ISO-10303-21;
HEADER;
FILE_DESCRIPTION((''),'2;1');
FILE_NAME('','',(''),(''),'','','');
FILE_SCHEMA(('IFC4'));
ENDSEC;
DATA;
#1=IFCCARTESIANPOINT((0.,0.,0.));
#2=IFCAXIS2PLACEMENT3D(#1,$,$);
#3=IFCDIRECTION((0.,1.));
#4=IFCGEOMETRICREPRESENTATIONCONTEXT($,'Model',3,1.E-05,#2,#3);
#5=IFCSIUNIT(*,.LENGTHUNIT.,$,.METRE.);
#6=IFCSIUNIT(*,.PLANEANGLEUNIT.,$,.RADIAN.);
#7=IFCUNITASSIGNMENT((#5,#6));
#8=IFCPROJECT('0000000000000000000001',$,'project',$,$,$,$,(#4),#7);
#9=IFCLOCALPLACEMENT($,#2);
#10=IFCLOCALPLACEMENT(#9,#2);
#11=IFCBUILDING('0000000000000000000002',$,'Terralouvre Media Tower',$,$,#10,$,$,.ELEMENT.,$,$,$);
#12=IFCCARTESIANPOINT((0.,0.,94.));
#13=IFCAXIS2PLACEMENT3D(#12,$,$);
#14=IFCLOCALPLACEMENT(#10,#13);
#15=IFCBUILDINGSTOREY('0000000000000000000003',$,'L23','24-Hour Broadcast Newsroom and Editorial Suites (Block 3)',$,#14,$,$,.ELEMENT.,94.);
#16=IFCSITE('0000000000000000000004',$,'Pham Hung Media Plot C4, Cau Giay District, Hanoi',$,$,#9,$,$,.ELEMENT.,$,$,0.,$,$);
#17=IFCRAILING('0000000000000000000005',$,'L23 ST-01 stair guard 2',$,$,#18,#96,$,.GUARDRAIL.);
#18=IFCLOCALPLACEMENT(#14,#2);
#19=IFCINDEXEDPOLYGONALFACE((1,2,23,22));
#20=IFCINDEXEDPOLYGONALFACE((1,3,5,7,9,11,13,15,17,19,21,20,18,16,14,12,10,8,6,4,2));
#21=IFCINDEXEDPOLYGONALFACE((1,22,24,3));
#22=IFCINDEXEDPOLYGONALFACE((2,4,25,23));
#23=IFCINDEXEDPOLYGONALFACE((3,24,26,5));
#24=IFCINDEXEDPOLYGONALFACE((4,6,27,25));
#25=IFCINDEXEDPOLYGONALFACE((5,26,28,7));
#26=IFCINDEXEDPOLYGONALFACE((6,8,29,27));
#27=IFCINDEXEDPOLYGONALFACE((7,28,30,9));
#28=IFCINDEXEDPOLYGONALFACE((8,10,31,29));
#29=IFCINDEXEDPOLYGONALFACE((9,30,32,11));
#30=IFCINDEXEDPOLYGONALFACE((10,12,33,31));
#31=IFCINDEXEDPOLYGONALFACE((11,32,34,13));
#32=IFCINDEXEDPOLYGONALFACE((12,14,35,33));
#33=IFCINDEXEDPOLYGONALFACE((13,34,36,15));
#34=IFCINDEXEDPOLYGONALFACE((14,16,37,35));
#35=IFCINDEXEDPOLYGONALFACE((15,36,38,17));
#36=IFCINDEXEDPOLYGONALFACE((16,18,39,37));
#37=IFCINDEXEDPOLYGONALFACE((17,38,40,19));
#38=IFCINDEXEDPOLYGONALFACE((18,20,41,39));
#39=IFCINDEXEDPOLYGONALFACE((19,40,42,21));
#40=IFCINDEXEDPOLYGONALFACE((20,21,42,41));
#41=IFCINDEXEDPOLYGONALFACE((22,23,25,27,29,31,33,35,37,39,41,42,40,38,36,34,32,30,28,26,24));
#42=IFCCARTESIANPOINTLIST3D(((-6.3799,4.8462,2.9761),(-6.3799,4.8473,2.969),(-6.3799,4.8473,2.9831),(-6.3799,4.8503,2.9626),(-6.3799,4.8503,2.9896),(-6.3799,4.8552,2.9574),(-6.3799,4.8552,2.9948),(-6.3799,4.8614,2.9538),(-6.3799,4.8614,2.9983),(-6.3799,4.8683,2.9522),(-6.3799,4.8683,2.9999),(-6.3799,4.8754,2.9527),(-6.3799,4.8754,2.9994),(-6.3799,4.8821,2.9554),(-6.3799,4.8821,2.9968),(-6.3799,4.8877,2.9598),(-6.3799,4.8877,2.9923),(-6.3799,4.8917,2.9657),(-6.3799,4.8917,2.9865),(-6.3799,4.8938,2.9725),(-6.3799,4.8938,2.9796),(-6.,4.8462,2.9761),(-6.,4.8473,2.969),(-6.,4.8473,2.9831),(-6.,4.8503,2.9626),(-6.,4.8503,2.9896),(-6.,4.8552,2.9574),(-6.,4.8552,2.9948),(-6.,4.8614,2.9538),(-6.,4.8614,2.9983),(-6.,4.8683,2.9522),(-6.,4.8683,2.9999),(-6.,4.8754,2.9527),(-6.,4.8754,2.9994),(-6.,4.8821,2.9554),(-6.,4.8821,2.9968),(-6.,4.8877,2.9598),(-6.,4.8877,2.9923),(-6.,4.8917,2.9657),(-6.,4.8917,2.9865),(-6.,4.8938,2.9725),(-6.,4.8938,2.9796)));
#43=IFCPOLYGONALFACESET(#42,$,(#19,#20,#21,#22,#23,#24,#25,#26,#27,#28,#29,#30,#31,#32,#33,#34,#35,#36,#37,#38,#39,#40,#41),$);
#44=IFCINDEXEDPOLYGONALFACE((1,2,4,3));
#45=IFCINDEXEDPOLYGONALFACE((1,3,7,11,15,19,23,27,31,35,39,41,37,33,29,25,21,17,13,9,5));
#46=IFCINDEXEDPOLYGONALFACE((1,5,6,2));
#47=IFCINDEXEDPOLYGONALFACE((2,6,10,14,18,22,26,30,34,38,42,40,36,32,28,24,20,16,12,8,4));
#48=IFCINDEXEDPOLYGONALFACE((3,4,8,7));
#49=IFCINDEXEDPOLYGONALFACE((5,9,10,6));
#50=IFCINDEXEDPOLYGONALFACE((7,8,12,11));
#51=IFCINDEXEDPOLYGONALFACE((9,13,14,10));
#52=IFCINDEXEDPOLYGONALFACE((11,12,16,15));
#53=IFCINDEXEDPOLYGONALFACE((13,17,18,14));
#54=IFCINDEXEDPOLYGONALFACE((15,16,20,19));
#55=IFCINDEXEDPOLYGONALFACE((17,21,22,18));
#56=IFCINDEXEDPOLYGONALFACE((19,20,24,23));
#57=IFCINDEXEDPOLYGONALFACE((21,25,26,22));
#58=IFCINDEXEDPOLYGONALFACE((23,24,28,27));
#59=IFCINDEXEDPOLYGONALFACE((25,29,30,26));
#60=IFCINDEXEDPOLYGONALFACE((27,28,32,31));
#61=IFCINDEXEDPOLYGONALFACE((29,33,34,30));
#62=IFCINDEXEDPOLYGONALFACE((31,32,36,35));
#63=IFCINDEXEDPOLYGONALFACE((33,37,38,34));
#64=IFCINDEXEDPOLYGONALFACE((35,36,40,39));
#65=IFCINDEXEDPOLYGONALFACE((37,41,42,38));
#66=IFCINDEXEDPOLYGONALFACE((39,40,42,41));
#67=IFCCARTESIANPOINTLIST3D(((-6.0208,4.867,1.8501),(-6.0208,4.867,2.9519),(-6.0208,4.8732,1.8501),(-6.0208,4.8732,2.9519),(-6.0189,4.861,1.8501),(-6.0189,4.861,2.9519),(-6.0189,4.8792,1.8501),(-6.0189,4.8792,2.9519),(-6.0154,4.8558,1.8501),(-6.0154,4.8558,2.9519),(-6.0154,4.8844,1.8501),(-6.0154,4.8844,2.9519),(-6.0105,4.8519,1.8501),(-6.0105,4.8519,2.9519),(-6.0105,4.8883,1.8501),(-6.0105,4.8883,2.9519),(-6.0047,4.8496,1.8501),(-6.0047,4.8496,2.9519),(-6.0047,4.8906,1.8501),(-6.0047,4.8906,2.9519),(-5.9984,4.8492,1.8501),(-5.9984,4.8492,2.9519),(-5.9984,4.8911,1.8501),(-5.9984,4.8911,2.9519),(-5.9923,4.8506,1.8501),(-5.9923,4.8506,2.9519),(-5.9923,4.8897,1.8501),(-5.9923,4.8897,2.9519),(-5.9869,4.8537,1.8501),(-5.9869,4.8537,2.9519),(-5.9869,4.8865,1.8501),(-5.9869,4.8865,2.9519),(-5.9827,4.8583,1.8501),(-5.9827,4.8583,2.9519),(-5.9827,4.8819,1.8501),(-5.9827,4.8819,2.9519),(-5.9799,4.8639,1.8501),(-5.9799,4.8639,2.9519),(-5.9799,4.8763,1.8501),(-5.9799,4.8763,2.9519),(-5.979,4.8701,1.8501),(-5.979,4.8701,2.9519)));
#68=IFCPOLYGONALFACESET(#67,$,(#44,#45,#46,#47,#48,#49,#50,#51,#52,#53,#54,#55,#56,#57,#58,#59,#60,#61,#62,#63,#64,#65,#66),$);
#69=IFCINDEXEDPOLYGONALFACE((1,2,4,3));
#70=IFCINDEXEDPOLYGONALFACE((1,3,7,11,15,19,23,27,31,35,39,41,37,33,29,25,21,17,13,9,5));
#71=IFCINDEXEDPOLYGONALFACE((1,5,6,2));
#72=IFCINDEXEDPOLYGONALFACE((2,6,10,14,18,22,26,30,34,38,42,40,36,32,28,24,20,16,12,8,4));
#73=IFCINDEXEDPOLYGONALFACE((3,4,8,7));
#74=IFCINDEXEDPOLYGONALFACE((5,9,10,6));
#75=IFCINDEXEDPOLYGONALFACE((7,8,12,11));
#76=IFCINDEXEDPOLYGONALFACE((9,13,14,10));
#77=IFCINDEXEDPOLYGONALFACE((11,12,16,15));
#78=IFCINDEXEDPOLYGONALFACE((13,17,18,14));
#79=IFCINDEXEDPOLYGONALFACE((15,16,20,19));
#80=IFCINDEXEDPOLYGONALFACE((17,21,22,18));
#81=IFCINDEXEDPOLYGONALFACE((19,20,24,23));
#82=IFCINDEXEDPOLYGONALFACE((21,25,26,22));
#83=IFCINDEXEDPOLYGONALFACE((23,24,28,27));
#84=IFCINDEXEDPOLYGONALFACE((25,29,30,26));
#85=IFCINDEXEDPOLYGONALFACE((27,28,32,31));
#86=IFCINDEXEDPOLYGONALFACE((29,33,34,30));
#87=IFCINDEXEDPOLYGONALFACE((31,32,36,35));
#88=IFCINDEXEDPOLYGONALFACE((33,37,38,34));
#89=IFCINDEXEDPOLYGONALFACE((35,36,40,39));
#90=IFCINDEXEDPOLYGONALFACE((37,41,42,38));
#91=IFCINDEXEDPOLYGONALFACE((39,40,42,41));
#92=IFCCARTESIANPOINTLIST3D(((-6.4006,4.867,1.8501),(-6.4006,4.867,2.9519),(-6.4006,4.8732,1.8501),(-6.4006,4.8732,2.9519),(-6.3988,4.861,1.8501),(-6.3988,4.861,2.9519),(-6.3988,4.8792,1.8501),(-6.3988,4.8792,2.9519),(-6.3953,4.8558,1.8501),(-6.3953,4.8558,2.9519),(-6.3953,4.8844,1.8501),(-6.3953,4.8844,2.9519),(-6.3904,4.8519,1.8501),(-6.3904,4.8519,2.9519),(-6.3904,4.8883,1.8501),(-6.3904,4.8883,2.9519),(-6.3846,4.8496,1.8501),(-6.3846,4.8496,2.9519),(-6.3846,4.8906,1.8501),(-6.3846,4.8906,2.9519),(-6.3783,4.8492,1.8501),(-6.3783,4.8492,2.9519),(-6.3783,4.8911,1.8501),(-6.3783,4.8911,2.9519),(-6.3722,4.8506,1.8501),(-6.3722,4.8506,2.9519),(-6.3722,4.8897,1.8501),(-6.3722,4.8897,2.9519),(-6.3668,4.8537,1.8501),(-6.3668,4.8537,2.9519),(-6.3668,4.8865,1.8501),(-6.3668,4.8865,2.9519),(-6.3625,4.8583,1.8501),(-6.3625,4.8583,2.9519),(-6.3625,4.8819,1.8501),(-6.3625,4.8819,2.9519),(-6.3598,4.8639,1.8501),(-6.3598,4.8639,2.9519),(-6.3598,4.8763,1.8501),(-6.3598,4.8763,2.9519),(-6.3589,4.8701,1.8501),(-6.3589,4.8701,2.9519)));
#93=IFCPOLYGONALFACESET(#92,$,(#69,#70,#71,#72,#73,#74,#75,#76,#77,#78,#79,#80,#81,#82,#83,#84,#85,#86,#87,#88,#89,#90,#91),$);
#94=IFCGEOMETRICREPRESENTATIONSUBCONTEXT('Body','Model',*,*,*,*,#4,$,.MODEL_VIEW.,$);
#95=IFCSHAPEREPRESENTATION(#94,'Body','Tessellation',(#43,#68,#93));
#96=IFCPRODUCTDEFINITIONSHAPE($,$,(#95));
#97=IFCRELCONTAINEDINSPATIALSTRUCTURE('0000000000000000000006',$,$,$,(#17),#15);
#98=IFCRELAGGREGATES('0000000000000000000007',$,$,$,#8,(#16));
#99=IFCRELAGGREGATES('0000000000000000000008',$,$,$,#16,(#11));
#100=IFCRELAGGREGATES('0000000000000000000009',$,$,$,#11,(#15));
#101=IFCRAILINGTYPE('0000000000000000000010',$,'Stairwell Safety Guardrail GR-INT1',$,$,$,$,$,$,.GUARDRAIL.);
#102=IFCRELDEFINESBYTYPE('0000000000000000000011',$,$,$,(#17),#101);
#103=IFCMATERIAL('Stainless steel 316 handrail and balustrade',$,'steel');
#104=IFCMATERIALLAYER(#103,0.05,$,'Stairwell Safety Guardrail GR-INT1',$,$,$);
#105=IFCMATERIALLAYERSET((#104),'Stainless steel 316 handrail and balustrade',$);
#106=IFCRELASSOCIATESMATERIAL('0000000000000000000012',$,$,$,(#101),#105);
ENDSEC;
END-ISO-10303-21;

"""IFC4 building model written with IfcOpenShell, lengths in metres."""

from ifc_helpers import new_model, si_unit, direction, frame, origin, origin_2d, place, context, subcontext, project, spatial, circle, extrude, material, layer, layer_set, type_object, element, save


model = new_model("IFC4")

# Units and contexts
model_context = context("Model", 3, precision=1e-05, world=origin(), true_north=direction((0.0, 1.0)))
body_context = subcontext(model_context, "Body", "Model", "MODEL_VIEW")
ifc_project = project(units=[si_unit("LENGTHUNIT", "METRE"), si_unit("PLANEANGLEUNIT", "RADIAN")], contexts=[model_context])

# Site, building, storey
site_placement = place(None, origin())
site = spatial("IfcSite", under=ifc_project, at=site_placement, Name="Pham Hung Media Plot C4, Cau Giay District, Hanoi", CompositionType="ELEMENT", RefElevation=0.0)
building_placement = place(site_placement, origin())
building = spatial("IfcBuilding", under=site, at=building_placement, Name="Terralouvre Media Tower", CompositionType="ELEMENT")
storey_placement = place(building_placement, frame((0.0, 0.0, 94.0)))
storey = spatial("IfcBuildingStorey", under=building, at=storey_placement, Name="L23", Description="24-Hour Broadcast Newsroom and Editorial Suites (Block 3)", CompositionType="ELEMENT", Elevation=94.0)

# Railing
ifc_material_1 = material(Name="Stainless steel 316 handrail and balustrade", Category="steel")
ifc_layer_1 = layer(ifc_material_1, 0.05, Name="Stairwell Safety Guardrail GR-INT1")
ifc_layer_set_1 = layer_set([ifc_layer_1], Name="Stainless steel 316 handrail and balustrade")
railing_type_1 = type_object("IfcRailingType", Name="Stairwell Safety Guardrail GR-INT1", PredefinedType="GUARDRAIL", material=ifc_layer_set_1)
railing_1_placement = place(storey_placement, frame((-6.0, 4.8701, 1.8501)))
element("IfcRailing", 1, at=railing_1_placement, inside=storey, type_object=railing_type_1, Name="L23 ST-01 stair guard 2", PredefinedType="GUARDRAIL", context=body_context, shape_type="SweptSolid", body=[
    extrude(circle(Radius=0.0239, at=origin_2d()), frame((0.0, 0.0, 1.126), z_axis=(-1.0, 0.0, 0.0), x_axis=(0.0, -1.0, 0.0)), (0.0, 0.0, 1.0), 0.3799),
    extrude(circle(Radius=0.021, at=origin_2d()), origin(), (0.0, 0.0, 1.0), 1.1018),
    extrude(circle(Radius=0.021, at=origin_2d()), frame((-0.3799, 0.0, 0.0)), (0.0, 0.0, 1.0), 1.1018),
])

save(model, "model.ifc")
